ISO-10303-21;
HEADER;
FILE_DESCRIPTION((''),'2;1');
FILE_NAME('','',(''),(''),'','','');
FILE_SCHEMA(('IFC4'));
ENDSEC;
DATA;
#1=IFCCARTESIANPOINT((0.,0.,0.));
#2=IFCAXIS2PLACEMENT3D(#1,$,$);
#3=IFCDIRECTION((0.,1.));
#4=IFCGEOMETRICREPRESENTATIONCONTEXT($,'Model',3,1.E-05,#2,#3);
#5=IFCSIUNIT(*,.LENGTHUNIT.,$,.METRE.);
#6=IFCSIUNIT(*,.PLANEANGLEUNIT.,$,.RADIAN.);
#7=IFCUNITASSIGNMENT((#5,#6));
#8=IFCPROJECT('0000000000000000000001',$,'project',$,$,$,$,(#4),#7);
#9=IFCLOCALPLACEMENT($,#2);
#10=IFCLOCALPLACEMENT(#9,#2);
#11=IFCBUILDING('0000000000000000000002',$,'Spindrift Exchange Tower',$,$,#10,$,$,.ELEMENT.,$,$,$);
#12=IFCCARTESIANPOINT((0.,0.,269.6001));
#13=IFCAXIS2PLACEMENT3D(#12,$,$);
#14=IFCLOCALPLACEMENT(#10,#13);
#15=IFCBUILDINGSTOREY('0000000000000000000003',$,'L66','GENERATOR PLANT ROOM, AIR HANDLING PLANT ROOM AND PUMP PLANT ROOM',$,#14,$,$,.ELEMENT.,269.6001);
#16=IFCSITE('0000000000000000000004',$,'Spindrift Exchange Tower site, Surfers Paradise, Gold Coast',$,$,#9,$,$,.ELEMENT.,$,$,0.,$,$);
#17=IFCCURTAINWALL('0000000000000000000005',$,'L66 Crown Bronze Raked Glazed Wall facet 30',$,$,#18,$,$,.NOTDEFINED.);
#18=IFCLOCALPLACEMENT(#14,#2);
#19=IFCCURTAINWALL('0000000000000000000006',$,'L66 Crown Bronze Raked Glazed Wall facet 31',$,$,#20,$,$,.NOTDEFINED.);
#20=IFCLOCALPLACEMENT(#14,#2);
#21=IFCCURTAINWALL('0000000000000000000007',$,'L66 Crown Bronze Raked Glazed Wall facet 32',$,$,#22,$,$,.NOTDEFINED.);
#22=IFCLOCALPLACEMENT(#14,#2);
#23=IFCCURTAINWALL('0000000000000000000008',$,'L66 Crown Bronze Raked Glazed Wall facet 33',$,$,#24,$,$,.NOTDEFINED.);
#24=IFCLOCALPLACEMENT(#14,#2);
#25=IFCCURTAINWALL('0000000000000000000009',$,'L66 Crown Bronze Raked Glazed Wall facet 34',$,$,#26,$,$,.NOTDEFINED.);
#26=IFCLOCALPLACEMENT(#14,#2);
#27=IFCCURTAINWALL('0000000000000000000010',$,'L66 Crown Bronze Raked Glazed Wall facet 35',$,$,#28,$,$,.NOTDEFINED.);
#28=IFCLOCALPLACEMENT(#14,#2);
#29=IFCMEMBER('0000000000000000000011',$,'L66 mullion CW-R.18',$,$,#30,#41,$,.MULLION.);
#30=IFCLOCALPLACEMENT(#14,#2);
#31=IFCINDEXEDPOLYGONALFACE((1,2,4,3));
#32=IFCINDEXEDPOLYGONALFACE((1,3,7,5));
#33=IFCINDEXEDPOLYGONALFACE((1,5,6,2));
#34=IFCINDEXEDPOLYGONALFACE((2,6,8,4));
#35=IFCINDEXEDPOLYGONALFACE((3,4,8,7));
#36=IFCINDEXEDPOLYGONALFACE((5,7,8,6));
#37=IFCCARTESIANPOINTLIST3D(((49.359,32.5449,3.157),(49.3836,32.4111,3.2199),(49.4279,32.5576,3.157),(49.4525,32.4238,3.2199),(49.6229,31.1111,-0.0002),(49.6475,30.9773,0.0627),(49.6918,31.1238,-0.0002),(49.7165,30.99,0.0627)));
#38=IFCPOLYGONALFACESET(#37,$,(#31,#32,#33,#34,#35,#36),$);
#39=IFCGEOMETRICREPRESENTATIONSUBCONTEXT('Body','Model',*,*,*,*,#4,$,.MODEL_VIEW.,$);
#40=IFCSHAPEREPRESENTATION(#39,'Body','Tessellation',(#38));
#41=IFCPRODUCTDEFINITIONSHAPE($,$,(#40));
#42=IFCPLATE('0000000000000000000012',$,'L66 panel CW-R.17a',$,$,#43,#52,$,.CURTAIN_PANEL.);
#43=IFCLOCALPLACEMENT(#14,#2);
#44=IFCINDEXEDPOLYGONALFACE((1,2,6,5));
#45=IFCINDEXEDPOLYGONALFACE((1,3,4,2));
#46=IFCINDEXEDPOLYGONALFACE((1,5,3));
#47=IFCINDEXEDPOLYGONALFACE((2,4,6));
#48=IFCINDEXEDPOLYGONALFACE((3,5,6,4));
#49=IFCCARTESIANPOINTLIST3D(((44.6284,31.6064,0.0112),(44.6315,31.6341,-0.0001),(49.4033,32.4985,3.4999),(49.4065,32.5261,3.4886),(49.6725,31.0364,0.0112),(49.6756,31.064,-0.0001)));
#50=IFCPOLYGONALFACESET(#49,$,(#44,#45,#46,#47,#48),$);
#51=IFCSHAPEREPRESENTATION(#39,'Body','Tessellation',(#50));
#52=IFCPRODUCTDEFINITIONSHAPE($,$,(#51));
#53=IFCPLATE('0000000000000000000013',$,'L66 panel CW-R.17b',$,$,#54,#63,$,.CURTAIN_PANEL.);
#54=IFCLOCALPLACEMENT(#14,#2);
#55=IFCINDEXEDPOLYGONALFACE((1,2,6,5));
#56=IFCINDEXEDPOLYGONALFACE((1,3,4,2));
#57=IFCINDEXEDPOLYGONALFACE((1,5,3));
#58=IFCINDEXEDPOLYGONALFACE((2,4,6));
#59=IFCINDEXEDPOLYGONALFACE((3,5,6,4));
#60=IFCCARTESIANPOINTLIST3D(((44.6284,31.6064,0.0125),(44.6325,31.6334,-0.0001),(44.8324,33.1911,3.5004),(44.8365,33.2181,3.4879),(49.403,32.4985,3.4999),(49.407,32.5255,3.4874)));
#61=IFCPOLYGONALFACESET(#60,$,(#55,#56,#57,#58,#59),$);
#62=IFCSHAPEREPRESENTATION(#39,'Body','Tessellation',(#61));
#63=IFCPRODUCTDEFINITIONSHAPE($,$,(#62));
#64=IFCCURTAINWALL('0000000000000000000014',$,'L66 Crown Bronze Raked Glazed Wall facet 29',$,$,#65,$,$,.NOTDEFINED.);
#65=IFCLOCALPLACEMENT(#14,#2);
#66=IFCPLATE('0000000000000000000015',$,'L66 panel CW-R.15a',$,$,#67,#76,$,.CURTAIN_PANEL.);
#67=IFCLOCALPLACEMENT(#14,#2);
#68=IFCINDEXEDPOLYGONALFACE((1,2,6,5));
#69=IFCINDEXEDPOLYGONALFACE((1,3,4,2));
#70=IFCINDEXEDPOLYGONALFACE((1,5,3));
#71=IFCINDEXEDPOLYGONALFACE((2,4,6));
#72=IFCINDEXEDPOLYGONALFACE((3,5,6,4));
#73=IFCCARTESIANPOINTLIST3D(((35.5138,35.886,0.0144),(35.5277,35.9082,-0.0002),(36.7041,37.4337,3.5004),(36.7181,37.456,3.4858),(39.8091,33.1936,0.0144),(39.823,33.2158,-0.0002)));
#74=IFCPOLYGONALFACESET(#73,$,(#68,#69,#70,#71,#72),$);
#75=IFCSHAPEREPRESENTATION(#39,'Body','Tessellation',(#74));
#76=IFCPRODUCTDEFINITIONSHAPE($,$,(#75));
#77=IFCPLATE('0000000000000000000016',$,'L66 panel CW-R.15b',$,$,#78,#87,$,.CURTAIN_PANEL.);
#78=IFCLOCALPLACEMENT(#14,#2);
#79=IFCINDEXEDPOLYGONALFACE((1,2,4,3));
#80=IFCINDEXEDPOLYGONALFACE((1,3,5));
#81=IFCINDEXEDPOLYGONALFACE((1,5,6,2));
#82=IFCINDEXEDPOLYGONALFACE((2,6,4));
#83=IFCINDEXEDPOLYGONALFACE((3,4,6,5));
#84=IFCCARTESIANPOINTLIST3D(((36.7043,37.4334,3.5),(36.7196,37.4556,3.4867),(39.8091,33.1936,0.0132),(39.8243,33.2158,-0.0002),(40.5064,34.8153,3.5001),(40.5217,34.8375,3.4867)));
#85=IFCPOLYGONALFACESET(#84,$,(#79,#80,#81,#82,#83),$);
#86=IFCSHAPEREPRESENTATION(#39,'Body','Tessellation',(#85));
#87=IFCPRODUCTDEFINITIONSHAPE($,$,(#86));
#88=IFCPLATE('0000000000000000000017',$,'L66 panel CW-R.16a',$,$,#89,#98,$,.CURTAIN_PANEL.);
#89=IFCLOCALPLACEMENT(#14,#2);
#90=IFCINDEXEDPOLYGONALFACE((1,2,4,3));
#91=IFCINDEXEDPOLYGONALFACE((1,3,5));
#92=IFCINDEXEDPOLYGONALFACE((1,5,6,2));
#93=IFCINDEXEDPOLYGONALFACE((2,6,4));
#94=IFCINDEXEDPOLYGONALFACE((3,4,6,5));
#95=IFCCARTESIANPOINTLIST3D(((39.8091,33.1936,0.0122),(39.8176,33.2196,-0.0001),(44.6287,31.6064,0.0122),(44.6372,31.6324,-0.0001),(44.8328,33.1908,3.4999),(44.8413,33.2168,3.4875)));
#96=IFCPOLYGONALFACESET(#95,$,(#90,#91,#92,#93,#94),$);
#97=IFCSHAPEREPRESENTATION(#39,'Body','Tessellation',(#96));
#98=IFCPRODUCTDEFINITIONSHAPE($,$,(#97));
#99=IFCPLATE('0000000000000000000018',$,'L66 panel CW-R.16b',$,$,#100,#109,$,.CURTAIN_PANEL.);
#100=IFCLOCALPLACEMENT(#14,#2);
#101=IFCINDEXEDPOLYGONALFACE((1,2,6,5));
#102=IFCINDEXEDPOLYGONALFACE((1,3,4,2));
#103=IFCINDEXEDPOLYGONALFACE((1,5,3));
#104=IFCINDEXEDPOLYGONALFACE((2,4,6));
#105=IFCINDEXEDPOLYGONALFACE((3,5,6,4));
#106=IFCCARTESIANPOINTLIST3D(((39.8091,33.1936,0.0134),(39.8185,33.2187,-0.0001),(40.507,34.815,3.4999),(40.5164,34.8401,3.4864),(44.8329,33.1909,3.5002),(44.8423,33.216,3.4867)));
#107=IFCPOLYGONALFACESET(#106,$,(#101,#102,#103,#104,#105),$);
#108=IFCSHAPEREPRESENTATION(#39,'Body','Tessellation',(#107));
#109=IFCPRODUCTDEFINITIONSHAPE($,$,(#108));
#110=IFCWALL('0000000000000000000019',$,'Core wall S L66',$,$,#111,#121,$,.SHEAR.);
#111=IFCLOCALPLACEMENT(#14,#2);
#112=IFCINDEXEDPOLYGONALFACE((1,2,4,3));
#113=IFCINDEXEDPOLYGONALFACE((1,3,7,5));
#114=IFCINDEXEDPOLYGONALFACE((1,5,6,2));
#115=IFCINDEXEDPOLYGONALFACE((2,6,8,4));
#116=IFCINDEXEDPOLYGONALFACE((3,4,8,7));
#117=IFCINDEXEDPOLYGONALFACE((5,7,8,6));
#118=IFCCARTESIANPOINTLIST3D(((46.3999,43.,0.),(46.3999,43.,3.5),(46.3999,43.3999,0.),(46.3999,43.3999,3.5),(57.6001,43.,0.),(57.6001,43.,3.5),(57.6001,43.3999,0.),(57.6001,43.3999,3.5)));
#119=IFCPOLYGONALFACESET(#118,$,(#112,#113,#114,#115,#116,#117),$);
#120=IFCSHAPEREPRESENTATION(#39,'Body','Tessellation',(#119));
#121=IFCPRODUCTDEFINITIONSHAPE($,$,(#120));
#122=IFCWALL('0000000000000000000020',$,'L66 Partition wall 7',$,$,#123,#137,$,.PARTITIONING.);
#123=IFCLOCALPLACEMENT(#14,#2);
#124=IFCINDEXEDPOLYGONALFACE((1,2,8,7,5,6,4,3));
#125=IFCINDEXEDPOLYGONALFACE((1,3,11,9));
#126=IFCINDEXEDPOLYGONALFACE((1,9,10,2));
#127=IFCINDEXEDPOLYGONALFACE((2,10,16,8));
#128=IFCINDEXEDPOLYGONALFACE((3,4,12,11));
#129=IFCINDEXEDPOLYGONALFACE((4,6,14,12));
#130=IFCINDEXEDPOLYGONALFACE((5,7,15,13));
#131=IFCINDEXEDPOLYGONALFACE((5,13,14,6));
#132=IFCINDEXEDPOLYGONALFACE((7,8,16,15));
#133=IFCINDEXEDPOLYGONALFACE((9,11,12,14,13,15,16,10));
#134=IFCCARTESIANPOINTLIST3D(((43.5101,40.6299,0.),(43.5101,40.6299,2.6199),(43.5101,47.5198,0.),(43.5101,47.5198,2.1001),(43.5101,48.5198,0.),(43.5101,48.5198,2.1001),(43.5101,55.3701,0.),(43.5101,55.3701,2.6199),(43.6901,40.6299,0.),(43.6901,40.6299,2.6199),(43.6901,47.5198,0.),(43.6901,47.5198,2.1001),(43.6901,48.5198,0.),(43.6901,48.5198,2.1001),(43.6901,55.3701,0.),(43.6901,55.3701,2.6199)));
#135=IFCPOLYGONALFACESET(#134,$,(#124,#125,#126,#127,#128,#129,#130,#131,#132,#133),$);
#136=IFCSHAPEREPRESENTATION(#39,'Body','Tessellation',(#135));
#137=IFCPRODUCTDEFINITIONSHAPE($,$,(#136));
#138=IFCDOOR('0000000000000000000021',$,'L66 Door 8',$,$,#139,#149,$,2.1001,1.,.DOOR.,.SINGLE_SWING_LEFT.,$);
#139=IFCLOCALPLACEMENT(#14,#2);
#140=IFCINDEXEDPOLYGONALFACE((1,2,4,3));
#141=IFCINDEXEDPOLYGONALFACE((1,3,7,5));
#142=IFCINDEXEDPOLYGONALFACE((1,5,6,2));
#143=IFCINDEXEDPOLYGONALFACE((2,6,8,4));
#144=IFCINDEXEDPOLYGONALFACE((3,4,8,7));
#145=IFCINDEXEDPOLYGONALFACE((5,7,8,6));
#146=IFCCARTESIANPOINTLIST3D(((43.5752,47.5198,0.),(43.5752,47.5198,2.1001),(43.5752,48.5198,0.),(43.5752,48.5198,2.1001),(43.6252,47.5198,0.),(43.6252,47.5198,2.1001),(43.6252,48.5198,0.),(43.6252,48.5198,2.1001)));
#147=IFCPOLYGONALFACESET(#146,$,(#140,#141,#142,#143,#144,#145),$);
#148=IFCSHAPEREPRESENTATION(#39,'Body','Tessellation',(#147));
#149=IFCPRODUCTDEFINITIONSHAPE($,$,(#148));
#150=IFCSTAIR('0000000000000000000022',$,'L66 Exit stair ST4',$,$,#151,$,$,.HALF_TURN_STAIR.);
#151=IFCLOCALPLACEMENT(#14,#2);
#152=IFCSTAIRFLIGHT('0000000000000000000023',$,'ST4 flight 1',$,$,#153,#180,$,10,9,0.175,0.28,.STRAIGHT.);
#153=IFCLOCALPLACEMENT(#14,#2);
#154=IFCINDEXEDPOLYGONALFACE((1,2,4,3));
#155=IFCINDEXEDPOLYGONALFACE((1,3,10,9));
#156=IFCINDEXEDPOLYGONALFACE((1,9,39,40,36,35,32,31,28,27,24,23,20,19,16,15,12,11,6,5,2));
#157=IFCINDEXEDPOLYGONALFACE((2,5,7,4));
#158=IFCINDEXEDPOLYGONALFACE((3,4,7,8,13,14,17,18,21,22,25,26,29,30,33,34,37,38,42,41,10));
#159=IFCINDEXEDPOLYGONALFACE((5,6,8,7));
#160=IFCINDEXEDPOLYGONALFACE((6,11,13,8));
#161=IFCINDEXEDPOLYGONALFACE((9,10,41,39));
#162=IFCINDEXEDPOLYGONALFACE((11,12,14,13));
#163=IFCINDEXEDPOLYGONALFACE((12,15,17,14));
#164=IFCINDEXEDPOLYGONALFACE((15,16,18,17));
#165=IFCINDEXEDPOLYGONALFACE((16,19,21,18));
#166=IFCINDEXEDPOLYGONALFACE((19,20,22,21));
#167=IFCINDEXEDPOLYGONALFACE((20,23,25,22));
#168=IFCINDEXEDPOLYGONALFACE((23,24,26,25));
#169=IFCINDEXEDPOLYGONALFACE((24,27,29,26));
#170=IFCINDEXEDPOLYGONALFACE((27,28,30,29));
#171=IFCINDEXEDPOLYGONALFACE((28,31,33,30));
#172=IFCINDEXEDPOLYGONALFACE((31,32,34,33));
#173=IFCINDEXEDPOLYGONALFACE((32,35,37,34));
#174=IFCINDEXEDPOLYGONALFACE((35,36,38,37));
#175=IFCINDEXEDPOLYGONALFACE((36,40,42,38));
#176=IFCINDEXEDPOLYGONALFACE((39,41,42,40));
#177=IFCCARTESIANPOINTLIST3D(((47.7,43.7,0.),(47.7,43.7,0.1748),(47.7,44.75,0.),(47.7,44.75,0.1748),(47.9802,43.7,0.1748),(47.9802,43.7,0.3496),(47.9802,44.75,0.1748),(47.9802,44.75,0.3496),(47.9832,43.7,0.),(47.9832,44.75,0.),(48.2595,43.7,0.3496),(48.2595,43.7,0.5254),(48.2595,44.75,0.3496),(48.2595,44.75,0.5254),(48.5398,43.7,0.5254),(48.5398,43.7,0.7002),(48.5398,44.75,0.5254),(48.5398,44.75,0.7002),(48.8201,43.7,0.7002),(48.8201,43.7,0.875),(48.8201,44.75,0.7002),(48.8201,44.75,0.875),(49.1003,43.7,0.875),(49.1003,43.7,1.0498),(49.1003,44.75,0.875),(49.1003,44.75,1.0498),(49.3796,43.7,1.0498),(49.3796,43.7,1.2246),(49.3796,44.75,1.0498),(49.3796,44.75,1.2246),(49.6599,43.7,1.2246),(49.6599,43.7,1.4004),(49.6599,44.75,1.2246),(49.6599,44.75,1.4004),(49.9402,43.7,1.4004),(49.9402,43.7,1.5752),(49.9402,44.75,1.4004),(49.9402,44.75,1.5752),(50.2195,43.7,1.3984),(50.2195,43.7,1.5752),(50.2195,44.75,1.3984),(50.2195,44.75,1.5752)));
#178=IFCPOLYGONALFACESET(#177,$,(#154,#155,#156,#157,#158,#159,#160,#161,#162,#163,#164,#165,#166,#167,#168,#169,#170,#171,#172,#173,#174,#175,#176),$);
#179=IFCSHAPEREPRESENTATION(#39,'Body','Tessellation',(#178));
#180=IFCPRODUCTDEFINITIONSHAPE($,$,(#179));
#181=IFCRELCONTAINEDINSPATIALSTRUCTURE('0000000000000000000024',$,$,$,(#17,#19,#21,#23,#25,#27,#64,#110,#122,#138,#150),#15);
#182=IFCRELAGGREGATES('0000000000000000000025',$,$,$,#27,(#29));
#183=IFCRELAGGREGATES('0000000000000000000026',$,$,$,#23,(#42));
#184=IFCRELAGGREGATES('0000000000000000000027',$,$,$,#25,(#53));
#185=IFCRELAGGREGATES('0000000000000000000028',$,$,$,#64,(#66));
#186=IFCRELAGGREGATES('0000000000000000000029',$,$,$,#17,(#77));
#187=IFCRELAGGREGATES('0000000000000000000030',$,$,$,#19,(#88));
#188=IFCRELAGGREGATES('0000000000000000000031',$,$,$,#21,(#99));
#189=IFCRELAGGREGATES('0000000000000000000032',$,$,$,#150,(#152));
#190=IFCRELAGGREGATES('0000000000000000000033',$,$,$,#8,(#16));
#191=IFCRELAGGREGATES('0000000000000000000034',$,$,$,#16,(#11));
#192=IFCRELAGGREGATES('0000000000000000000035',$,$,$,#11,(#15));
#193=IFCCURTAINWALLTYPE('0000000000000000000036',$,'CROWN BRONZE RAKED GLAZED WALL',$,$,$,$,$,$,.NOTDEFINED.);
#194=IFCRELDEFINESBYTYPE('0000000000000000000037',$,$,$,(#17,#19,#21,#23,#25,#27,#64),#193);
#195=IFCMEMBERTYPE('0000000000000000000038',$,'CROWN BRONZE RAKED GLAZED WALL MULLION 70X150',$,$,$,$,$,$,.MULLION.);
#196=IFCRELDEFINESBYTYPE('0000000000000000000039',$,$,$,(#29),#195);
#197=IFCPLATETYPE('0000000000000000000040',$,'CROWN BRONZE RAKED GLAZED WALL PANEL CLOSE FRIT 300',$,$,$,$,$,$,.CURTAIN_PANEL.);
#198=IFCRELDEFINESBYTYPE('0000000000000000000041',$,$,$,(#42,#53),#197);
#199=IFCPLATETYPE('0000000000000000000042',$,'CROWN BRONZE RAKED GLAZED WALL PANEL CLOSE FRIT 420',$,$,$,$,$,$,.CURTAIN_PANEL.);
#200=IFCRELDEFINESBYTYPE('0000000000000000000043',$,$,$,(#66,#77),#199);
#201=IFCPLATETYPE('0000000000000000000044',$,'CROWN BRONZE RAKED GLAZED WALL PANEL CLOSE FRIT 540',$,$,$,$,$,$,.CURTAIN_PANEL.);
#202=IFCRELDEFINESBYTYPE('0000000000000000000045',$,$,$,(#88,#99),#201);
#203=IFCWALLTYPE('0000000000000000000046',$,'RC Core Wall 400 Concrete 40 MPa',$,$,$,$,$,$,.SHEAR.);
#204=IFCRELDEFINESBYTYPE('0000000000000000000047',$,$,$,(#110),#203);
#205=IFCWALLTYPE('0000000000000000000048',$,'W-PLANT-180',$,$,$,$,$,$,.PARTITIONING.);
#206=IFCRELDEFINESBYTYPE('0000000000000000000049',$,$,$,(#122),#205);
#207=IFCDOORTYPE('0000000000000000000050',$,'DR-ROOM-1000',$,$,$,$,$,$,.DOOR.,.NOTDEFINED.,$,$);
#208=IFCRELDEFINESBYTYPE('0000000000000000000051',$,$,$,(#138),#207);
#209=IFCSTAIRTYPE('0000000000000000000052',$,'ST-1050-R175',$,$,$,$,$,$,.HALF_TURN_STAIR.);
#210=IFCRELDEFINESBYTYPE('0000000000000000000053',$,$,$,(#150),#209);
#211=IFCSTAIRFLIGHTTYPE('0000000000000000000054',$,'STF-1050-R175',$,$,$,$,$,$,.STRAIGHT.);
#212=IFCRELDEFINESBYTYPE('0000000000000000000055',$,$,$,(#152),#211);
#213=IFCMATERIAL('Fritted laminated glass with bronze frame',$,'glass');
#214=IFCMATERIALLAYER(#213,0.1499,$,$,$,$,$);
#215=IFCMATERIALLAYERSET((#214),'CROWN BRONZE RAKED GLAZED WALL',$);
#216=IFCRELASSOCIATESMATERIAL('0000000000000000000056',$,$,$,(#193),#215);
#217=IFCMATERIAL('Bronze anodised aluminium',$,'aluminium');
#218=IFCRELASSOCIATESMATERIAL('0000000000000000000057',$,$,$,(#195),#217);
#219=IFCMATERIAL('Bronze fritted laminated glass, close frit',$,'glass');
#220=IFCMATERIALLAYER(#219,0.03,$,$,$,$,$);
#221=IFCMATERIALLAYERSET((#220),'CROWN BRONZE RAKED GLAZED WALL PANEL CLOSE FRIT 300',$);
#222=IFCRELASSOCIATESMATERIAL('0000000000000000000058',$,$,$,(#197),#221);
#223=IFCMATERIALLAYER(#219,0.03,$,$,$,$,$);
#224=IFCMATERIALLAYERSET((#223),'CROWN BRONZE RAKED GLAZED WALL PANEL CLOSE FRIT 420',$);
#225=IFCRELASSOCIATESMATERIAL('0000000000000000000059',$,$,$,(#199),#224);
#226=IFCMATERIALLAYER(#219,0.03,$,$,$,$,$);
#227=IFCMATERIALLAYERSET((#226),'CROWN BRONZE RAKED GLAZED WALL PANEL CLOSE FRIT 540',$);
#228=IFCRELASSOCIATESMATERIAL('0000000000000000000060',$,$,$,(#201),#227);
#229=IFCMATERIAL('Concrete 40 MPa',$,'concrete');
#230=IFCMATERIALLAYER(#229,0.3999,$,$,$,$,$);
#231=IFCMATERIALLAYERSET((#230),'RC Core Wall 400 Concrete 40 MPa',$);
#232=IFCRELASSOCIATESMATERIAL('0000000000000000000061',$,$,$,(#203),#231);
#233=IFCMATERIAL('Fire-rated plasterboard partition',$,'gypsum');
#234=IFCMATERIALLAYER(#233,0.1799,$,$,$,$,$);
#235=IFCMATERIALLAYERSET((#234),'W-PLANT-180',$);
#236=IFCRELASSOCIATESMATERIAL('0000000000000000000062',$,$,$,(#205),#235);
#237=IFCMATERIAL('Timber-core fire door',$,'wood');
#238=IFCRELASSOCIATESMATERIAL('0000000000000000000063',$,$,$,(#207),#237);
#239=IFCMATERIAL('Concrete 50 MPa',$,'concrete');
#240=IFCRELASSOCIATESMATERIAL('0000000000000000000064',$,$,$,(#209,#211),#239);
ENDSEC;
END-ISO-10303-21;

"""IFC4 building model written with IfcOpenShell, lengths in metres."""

from ifc_helpers import new_model, si_unit, direction, frame, frame_2d, origin, origin_2d, place, context, subcontext, project, spatial, line, indexed_curve, rectangle, outline, extrude, source, transform, mapped, material, layer, layer_set, material_profile, profile_set, type_object, element, fill, aggregate, save


model = new_model("IFC4")

# Units and contexts
model_context = context("Model", 3, precision=1e-05, world=origin(), true_north=direction((0.0, 1.0)))
body_context = subcontext(model_context, "Body", "Model", "MODEL_VIEW")
ifc_project = project(units=[si_unit("LENGTHUNIT", "METRE"), si_unit("PLANEANGLEUNIT", "RADIAN")], contexts=[model_context])

# Site, building, storey
site_placement = place(None, origin())
site = spatial("IfcSite", under=ifc_project, at=site_placement, Name="Spindrift Exchange Tower site, Surfers Paradise, Gold Coast", CompositionType="ELEMENT", RefElevation=0.0)
building_placement = place(site_placement, origin())
building = spatial("IfcBuilding", under=site, at=building_placement, Name="Spindrift Exchange Tower", CompositionType="ELEMENT")
storey_placement = place(building_placement, frame((0.0, 0.0, 269.6001)))
storey = spatial("IfcBuildingStorey", under=building, at=storey_placement, Name="L66", Description="GENERATOR PLANT ROOM, AIR HANDLING PLANT ROOM AND PUMP PLANT ROOM", CompositionType="ELEMENT", Elevation=269.6001)

# Shared definitions
ifc_material_1 = material(Name="Concrete 40 MPa", Category="concrete")

# Curtain walls
ifc_material_2 = material(Name="Fritted laminated glass with bronze frame", Category="glass")
ifc_layer_1 = layer(ifc_material_2, 0.1499)
ifc_layer_set_1 = layer_set([ifc_layer_1], Name="CROWN BRONZE RAKED GLAZED WALL")
curtain_wall_type = type_object("IfcCurtainWallType", Name="CROWN BRONZE RAKED GLAZED WALL", PredefinedType="NOTDEFINED", material=ifc_layer_set_1)
curtain_wall_1_placement = place(storey_placement, origin())
curtain_wall_1 = element("IfcCurtainWall", 1, at=curtain_wall_1_placement, inside=storey, type_object=curtain_wall_type, Name="L66 Crown Bronze Raked Glazed Wall facet 30", PredefinedType="NOTDEFINED")
ifc_material_3 = material(Name="Bronze anodised aluminium", Category="aluminium")
curtain_wall_2_placement = place(storey_placement, origin())
curtain_wall_2 = element("IfcCurtainWall", 2, at=curtain_wall_2_placement, inside=storey, type_object=curtain_wall_type, Name="L66 Crown Bronze Raked Glazed Wall facet 31", PredefinedType="NOTDEFINED")

# Curtain wall
curtain_wall_3_placement = place(storey_placement, origin())
curtain_wall_3 = element("IfcCurtainWall", 3, at=curtain_wall_3_placement, inside=storey, type_object=curtain_wall_type, Name="L66 Crown Bronze Raked Glazed Wall facet 32", PredefinedType="NOTDEFINED")
ifc_material_profile_1 = material_profile(ifc_material_3, rectangle(XDim=0.0701, YDim=0.1499, at=origin_2d()), Name="CROWN BRONZE RAKED GLAZED WALL MULLION 70X150")
ifc_profile_set_1 = profile_set([ifc_material_profile_1], Name="Bronze anodised aluminium")
member_type_1 = type_object("IfcMemberType", Name="CROWN BRONZE RAKED GLAZED WALL MULLION 70X150", PredefinedType="MULLION", material=ifc_profile_set_1)

# Curtain wall
curtain_wall_4_placement = place(storey_placement, origin())
curtain_wall_4 = element("IfcCurtainWall", 4, at=curtain_wall_4_placement, inside=storey, type_object=curtain_wall_type, Name="L66 Crown Bronze Raked Glazed Wall facet 33", PredefinedType="NOTDEFINED")

# Curtain wall
curtain_wall_5_placement = place(storey_placement, origin())
curtain_wall_5 = element("IfcCurtainWall", 5, at=curtain_wall_5_placement, inside=storey, type_object=curtain_wall_type, Name="L66 Crown Bronze Raked Glazed Wall facet 34", PredefinedType="NOTDEFINED")

# Curtain wall, member
curtain_wall_6_placement = place(storey_placement, origin())
curtain_wall_6 = element("IfcCurtainWall", 6, at=curtain_wall_6_placement, inside=storey, type_object=curtain_wall_type, Name="L66 Crown Bronze Raked Glazed Wall facet 35", PredefinedType="NOTDEFINED")
shared_shape_1 = source(origin(), body_context, "Body", "SweptSolid", [
    extrude(rectangle(XDim=0.0701, YDim=0.1499, at=origin_2d()), origin(), (0.0, 0.0, 1.0), 3.4775),
])
member_1_placement = place(storey_placement, frame((49.6697, 31.0505, 0.0312), z_axis=(-0.075891, 0.412308, 0.907878), x_axis=(-0.983479, -0.181022, 0.0)))
member_1 = element("IfcMember", 7, at=member_1_placement, type_object=member_type_1, Name="L66 mullion CW-R.18", PredefinedType="MULLION", context=body_context, shape_type="MappedRepresentation", body=[
    mapped(shared_shape_1, transform((0.0, 0.0, 0.0), scale=1.0)),
])
aggregate(curtain_wall_6, [member_1])

# Plates
ifc_material_4 = material(Name="Bronze fritted laminated glass, close frit", Category="glass")
ifc_layer_2 = layer(ifc_material_4, 0.03)
ifc_layer_set_2 = layer_set([ifc_layer_2], Name="CROWN BRONZE RAKED GLAZED WALL PANEL CLOSE FRIT 300")
plate_type_1 = type_object("IfcPlateType", Name="CROWN BRONZE RAKED GLAZED WALL PANEL CLOSE FRIT 300", PredefinedType="CURTAIN_PANEL", material=ifc_layer_set_2)
plate_1_placement = place(storey_placement, frame((44.6284, 31.6064, 0.0112), z_axis=(-0.103991, -0.920112, 0.377596), x_axis=(0.993674, -0.112305, 0.0)))
plate_1 = element("IfcPlate", 8, at=plate_1_placement, type_object=plate_type_1, Name="L66 panel CW-R.17a", PredefinedType="CURTAIN_PANEL", context=body_context, shape_type="SweptSolid", body=[
    extrude(outline(indexed_curve([(0.0, 0.0), (5.0762, 0.0), (4.6445, 3.7676)], segments=[line(1, 2, 3, 1)], self_intersect=False)), origin(), (0.0, 0.0, -1.0), 0.03),
])
aggregate(curtain_wall_4, [plate_1])
plate_2_placement = place(storey_placement, frame((44.6284, 31.6064, 0.0125), z_axis=(-0.136178, -0.898936, 0.416377), x_axis=(0.798485, 0.149188, 0.583237)))
plate_2 = element("IfcPlate", 9, at=plate_2_placement, type_object=plate_type_1, Name="L66 panel CW-R.17b", PredefinedType="CURTAIN_PANEL", context=body_context, shape_type="SweptSolid", body=[
    extrude(outline(indexed_curve([(0.0, 0.0), (5.9795, 0.0), (2.4336, 2.9658)], segments=[line(1, 2, 3, 1)], self_intersect=False)), origin(), (0.0, 0.0, -1.0), 0.03),
])
aggregate(curtain_wall_5, [plate_2])

# Curtain wall, plate
curtain_wall_7_placement = place(storey_placement, origin())
curtain_wall_7 = element("IfcCurtainWall", 10, at=curtain_wall_7_placement, inside=storey, type_object=curtain_wall_type, Name="L66 Crown Bronze Raked Glazed Wall facet 29", PredefinedType="NOTDEFINED")
ifc_layer_3 = layer(ifc_material_4, 0.03)
ifc_layer_set_3 = layer_set([ifc_layer_3], Name="CROWN BRONZE RAKED GLAZED WALL PANEL CLOSE FRIT 420")
plate_type_2 = type_object("IfcPlateType", Name="CROWN BRONZE RAKED GLAZED WALL PANEL CLOSE FRIT 420", PredefinedType="CURTAIN_PANEL", material=ifc_layer_set_3)
plate_3_placement = place(storey_placement, frame((39.8091, 33.1936, 0.0144), z_axis=(-0.463877, -0.740049, 0.486977), x_axis=(-0.847305, 0.531107, 0.0)))
plate_3 = element("IfcPlate", 11, at=plate_3_placement, type_object=plate_type_2, Name="L66 panel CW-R.15a", PredefinedType="CURTAIN_PANEL", context=body_context, shape_type="SweptSolid", body=[
    extrude(outline(indexed_curve([(0.0, 0.0), (5.0693, 0.0), (4.8828, -3.9912)], segments=[line(1, 2, 3, 1)], self_intersect=False)), origin(), (0.0, 0.0, -1.0), 0.03),
])
aggregate(curtain_wall_7, [plate_3])

# Plates
plate_4_placement = place(storey_placement, frame((39.8091, 33.1936, 0.0132), z_axis=(-0.507973, -0.737706, 0.444694), x_axis=(-0.492303, 0.672275, 0.552887)))
plate_4 = element("IfcPlate", 12, at=plate_4_placement, type_object=plate_type_2, Name="L66 panel CW-R.15b", PredefinedType="CURTAIN_PANEL", context=body_context, shape_type="SweptSolid", body=[
    extrude(outline(indexed_curve([(0.0, 0.0), (6.3066, 0.0), (2.6748, -2.8496)], segments=[line(1, 2, 3, 1)], self_intersect=False)), origin(), (0.0, 0.0, -1.0), 0.03),
])
aggregate(curtain_wall_1, [plate_4])
ifc_layer_4 = layer(ifc_material_4, 0.03)
ifc_layer_set_4 = layer_set([ifc_layer_4], Name="CROWN BRONZE RAKED GLAZED WALL PANEL CLOSE FRIT 540")
plate_type_3 = type_object("IfcPlateType", Name="CROWN BRONZE RAKED GLAZED WALL PANEL CLOSE FRIT 540", PredefinedType="CURTAIN_PANEL", material=ifc_layer_set_4)
plate_5_placement = place(storey_placement, frame((39.8091, 33.1936, 0.0122), z_axis=(-0.285275, -0.866224, 0.410212), x_axis=(0.949817, -0.312805, 0.0)))
plate_5 = element("IfcPlate", 13, at=plate_5_placement, type_object=plate_type_3, Name="L66 panel CW-R.16a", PredefinedType="CURTAIN_PANEL", context=body_context, shape_type="SweptSolid", body=[
    extrude(outline(indexed_curve([(0.0, 0.0), (5.0742, 0.0), (4.7725, 3.8242)], segments=[line(1, 2, 3, 1)], self_intersect=False)), origin(), (0.0, 0.0, -1.0), 0.03),
])
aggregate(curtain_wall_2, [plate_5])
plate_6_placement = place(storey_placement, frame((39.8091, 33.1936, 0.0134), z_axis=(-0.313678, -0.835423, 0.451303), x_axis=(0.821517, -0.000439, 0.570183)))
plate_6 = element("IfcPlate", 14, at=plate_6_placement, type_object=plate_type_3, Name="L66 panel CW-R.16b", PredefinedType="CURTAIN_PANEL", context=body_context, shape_type="SweptSolid", body=[
    extrude(outline(indexed_curve([(0.0, 0.0), (6.1152, 0.0), (2.5605, 2.9521)], segments=[line(1, 2, 3, 1)], self_intersect=False)), origin(), (0.0, 0.0, -1.0), 0.03),
])
aggregate(curtain_wall_3, [plate_6])

# Wall
ifc_layer_5 = layer(ifc_material_1, 0.3999)
ifc_layer_set_5 = layer_set([ifc_layer_5], Name="RC Core Wall 400 Concrete 40 MPa")
wall_type_1 = type_object("IfcWallType", Name="RC Core Wall 400 Concrete 40 MPa", PredefinedType="SHEAR", material=ifc_layer_set_5)
wall_1_placement = place(storey_placement, frame((46.3999, 43.2, 0.0), z_axis=(0.0, 0.0, 1.0), x_axis=(1.0, 0.0, 0.0)))
element("IfcWall", 15, at=wall_1_placement, inside=storey, type_object=wall_type_1, Name="Core wall S L66", PredefinedType="SHEAR", context=body_context, shape_type="SweptSolid", body=[
    extrude(rectangle(XDim=11.2002, YDim=0.3999, at=frame_2d((5.6001, 0.0))), origin(), (0.0, 0.0, 1.0), 3.5),
])

# Wall, opening, door
ifc_material_5 = material(Name="Fire-rated plasterboard partition", Category="gypsum")
ifc_layer_6 = layer(ifc_material_5, 0.1799)
ifc_layer_set_6 = layer_set([ifc_layer_6], Name="W-PLANT-180")
wall_type_2 = type_object("IfcWallType", Name="W-PLANT-180", PredefinedType="PARTITIONING", material=ifc_layer_set_6)
wall_2_placement = place(storey_placement, frame((43.6001, 40.6299, 0.0), z_axis=(0.0, 0.0, 1.0), x_axis=(0.0, 1.0, 0.0)))
wall_2 = element("IfcWall", 16, at=wall_2_placement, inside=storey, type_object=wall_type_2, Name="L66 Partition wall 7", PredefinedType="PARTITIONING", context=body_context, shape_type="SweptSolid", body=[
    extrude(rectangle(XDim=14.7402, YDim=0.1799, at=frame_2d((7.3701, 0.0))), origin(), (0.0, 0.0, 1.0), 2.6199),
])
opening_placement = place(wall_2_placement, frame((6.8899, 0.0, 0.0)))
opening = element("IfcOpeningElement", 17, at=opening_placement, cuts=wall_2, PredefinedType="OPENING", context=body_context, shape_type="SweptSolid", body=[
    extrude(rectangle(XDim=1.0, YDim=2.1001, at=frame_2d((0.5, 1.05))), frame((0.0, 0.0999, 0.0), z_axis=(0.0, -1.0, 0.0), x_axis=(1.0, 0.0, 0.0)), (0.0, 0.0, 1.0), 0.2),
])
ifc_material_6 = material(Name="Timber-core fire door", Category="wood")
door_type = type_object("IfcDoorType", Name="DR-ROOM-1000", OperationType="NOTDEFINED", PredefinedType="DOOR", material=ifc_material_6)
shared_shape_2 = source(origin(), body_context, "Body", "SweptSolid", [
    extrude(rectangle(XDim=1.0, YDim=2.1001, at=frame_2d((0.5, 1.05))), frame((0.0, 0.0249, 0.0), z_axis=(0.0, -1.0, 0.0), x_axis=(1.0, 0.0, 0.0)), (0.0, 0.0, 1.0), 0.05),
])
door_placement = place(opening_placement, origin())
door = element("IfcDoor", 18, at=door_placement, inside=storey, type_object=door_type, Name="L66 Door 8", OperationType="SINGLE_SWING_LEFT", OverallHeight=2.1001, OverallWidth=1.0, PredefinedType="DOOR", context=body_context, shape_type="MappedRepresentation", body=[
    mapped(shared_shape_2, transform((0.0, 0.0, 0.0), scale=1.0)),
])
fill(opening, door)

# Stair, stair flight
ifc_material_7 = material(Name="Concrete 50 MPa", Category="concrete")
stair_type = type_object("IfcStairType", Name="ST-1050-R175", PredefinedType="HALF_TURN_STAIR", material=ifc_material_7)
stair_placement = place(storey_placement, origin())
stair = element("IfcStair", 19, at=stair_placement, inside=storey, type_object=stair_type, Name="L66 Exit stair ST4", PredefinedType="HALF_TURN_STAIR")
stair_flight_type = type_object("IfcStairFlightType", Name="STF-1050-R175", PredefinedType="STRAIGHT", material=ifc_material_7)
stair_flight_placement = place(storey_placement, frame((47.7, 44.2251, 0.0), z_axis=(0.0, 0.0, 1.0), x_axis=(1.0, 0.0, 0.0)))
stair_flight = element("IfcStairFlight", 20, at=stair_flight_placement, type_object=stair_flight_type, Name="ST4 flight 1", NumberOfRisers=10, NumberOfTreads=9, PredefinedType="STRAIGHT", RiserHeight=0.175, TreadLength=0.28, context=body_context, shape_type="SweptSolid", body=[
    extrude(outline(indexed_curve([(0.0, 0.0), (0.0, 0.1748), (0.2803, 0.1748), (0.2803, 0.3496), (0.5596, 0.3496), (0.5596, 0.5254), (0.8398, 0.5254), (0.8398, 0.7002), (1.1201, 0.7002), (1.1201, 0.875), (1.4004, 0.875), (1.4004, 1.0498), (1.6797, 1.0498), (1.6797, 1.2246), (1.96, 1.2246), (1.96, 1.4004), (2.2402, 1.4004), (2.2402, 1.5752), (2.5195, 1.5752), (2.5195, 1.75), (2.5195, 1.3984), (0.2832, 0.0)], segments=[line(1, 2, 3, 4, 5, 6, 7, 8, 9, 10, 11, 12, 13, 14, 15, 16, 17, 18, 19, 20, 21, 22, 1)], self_intersect=False)), frame((0.0, 0.5249, 0.0), z_axis=(0.0, -1.0, 0.0), x_axis=(1.0, 0.0, 0.0)), (0.0, 0.0, 1.0), 1.05),
])
aggregate(stair, [stair_flight])

save(model, "model.ifc")
